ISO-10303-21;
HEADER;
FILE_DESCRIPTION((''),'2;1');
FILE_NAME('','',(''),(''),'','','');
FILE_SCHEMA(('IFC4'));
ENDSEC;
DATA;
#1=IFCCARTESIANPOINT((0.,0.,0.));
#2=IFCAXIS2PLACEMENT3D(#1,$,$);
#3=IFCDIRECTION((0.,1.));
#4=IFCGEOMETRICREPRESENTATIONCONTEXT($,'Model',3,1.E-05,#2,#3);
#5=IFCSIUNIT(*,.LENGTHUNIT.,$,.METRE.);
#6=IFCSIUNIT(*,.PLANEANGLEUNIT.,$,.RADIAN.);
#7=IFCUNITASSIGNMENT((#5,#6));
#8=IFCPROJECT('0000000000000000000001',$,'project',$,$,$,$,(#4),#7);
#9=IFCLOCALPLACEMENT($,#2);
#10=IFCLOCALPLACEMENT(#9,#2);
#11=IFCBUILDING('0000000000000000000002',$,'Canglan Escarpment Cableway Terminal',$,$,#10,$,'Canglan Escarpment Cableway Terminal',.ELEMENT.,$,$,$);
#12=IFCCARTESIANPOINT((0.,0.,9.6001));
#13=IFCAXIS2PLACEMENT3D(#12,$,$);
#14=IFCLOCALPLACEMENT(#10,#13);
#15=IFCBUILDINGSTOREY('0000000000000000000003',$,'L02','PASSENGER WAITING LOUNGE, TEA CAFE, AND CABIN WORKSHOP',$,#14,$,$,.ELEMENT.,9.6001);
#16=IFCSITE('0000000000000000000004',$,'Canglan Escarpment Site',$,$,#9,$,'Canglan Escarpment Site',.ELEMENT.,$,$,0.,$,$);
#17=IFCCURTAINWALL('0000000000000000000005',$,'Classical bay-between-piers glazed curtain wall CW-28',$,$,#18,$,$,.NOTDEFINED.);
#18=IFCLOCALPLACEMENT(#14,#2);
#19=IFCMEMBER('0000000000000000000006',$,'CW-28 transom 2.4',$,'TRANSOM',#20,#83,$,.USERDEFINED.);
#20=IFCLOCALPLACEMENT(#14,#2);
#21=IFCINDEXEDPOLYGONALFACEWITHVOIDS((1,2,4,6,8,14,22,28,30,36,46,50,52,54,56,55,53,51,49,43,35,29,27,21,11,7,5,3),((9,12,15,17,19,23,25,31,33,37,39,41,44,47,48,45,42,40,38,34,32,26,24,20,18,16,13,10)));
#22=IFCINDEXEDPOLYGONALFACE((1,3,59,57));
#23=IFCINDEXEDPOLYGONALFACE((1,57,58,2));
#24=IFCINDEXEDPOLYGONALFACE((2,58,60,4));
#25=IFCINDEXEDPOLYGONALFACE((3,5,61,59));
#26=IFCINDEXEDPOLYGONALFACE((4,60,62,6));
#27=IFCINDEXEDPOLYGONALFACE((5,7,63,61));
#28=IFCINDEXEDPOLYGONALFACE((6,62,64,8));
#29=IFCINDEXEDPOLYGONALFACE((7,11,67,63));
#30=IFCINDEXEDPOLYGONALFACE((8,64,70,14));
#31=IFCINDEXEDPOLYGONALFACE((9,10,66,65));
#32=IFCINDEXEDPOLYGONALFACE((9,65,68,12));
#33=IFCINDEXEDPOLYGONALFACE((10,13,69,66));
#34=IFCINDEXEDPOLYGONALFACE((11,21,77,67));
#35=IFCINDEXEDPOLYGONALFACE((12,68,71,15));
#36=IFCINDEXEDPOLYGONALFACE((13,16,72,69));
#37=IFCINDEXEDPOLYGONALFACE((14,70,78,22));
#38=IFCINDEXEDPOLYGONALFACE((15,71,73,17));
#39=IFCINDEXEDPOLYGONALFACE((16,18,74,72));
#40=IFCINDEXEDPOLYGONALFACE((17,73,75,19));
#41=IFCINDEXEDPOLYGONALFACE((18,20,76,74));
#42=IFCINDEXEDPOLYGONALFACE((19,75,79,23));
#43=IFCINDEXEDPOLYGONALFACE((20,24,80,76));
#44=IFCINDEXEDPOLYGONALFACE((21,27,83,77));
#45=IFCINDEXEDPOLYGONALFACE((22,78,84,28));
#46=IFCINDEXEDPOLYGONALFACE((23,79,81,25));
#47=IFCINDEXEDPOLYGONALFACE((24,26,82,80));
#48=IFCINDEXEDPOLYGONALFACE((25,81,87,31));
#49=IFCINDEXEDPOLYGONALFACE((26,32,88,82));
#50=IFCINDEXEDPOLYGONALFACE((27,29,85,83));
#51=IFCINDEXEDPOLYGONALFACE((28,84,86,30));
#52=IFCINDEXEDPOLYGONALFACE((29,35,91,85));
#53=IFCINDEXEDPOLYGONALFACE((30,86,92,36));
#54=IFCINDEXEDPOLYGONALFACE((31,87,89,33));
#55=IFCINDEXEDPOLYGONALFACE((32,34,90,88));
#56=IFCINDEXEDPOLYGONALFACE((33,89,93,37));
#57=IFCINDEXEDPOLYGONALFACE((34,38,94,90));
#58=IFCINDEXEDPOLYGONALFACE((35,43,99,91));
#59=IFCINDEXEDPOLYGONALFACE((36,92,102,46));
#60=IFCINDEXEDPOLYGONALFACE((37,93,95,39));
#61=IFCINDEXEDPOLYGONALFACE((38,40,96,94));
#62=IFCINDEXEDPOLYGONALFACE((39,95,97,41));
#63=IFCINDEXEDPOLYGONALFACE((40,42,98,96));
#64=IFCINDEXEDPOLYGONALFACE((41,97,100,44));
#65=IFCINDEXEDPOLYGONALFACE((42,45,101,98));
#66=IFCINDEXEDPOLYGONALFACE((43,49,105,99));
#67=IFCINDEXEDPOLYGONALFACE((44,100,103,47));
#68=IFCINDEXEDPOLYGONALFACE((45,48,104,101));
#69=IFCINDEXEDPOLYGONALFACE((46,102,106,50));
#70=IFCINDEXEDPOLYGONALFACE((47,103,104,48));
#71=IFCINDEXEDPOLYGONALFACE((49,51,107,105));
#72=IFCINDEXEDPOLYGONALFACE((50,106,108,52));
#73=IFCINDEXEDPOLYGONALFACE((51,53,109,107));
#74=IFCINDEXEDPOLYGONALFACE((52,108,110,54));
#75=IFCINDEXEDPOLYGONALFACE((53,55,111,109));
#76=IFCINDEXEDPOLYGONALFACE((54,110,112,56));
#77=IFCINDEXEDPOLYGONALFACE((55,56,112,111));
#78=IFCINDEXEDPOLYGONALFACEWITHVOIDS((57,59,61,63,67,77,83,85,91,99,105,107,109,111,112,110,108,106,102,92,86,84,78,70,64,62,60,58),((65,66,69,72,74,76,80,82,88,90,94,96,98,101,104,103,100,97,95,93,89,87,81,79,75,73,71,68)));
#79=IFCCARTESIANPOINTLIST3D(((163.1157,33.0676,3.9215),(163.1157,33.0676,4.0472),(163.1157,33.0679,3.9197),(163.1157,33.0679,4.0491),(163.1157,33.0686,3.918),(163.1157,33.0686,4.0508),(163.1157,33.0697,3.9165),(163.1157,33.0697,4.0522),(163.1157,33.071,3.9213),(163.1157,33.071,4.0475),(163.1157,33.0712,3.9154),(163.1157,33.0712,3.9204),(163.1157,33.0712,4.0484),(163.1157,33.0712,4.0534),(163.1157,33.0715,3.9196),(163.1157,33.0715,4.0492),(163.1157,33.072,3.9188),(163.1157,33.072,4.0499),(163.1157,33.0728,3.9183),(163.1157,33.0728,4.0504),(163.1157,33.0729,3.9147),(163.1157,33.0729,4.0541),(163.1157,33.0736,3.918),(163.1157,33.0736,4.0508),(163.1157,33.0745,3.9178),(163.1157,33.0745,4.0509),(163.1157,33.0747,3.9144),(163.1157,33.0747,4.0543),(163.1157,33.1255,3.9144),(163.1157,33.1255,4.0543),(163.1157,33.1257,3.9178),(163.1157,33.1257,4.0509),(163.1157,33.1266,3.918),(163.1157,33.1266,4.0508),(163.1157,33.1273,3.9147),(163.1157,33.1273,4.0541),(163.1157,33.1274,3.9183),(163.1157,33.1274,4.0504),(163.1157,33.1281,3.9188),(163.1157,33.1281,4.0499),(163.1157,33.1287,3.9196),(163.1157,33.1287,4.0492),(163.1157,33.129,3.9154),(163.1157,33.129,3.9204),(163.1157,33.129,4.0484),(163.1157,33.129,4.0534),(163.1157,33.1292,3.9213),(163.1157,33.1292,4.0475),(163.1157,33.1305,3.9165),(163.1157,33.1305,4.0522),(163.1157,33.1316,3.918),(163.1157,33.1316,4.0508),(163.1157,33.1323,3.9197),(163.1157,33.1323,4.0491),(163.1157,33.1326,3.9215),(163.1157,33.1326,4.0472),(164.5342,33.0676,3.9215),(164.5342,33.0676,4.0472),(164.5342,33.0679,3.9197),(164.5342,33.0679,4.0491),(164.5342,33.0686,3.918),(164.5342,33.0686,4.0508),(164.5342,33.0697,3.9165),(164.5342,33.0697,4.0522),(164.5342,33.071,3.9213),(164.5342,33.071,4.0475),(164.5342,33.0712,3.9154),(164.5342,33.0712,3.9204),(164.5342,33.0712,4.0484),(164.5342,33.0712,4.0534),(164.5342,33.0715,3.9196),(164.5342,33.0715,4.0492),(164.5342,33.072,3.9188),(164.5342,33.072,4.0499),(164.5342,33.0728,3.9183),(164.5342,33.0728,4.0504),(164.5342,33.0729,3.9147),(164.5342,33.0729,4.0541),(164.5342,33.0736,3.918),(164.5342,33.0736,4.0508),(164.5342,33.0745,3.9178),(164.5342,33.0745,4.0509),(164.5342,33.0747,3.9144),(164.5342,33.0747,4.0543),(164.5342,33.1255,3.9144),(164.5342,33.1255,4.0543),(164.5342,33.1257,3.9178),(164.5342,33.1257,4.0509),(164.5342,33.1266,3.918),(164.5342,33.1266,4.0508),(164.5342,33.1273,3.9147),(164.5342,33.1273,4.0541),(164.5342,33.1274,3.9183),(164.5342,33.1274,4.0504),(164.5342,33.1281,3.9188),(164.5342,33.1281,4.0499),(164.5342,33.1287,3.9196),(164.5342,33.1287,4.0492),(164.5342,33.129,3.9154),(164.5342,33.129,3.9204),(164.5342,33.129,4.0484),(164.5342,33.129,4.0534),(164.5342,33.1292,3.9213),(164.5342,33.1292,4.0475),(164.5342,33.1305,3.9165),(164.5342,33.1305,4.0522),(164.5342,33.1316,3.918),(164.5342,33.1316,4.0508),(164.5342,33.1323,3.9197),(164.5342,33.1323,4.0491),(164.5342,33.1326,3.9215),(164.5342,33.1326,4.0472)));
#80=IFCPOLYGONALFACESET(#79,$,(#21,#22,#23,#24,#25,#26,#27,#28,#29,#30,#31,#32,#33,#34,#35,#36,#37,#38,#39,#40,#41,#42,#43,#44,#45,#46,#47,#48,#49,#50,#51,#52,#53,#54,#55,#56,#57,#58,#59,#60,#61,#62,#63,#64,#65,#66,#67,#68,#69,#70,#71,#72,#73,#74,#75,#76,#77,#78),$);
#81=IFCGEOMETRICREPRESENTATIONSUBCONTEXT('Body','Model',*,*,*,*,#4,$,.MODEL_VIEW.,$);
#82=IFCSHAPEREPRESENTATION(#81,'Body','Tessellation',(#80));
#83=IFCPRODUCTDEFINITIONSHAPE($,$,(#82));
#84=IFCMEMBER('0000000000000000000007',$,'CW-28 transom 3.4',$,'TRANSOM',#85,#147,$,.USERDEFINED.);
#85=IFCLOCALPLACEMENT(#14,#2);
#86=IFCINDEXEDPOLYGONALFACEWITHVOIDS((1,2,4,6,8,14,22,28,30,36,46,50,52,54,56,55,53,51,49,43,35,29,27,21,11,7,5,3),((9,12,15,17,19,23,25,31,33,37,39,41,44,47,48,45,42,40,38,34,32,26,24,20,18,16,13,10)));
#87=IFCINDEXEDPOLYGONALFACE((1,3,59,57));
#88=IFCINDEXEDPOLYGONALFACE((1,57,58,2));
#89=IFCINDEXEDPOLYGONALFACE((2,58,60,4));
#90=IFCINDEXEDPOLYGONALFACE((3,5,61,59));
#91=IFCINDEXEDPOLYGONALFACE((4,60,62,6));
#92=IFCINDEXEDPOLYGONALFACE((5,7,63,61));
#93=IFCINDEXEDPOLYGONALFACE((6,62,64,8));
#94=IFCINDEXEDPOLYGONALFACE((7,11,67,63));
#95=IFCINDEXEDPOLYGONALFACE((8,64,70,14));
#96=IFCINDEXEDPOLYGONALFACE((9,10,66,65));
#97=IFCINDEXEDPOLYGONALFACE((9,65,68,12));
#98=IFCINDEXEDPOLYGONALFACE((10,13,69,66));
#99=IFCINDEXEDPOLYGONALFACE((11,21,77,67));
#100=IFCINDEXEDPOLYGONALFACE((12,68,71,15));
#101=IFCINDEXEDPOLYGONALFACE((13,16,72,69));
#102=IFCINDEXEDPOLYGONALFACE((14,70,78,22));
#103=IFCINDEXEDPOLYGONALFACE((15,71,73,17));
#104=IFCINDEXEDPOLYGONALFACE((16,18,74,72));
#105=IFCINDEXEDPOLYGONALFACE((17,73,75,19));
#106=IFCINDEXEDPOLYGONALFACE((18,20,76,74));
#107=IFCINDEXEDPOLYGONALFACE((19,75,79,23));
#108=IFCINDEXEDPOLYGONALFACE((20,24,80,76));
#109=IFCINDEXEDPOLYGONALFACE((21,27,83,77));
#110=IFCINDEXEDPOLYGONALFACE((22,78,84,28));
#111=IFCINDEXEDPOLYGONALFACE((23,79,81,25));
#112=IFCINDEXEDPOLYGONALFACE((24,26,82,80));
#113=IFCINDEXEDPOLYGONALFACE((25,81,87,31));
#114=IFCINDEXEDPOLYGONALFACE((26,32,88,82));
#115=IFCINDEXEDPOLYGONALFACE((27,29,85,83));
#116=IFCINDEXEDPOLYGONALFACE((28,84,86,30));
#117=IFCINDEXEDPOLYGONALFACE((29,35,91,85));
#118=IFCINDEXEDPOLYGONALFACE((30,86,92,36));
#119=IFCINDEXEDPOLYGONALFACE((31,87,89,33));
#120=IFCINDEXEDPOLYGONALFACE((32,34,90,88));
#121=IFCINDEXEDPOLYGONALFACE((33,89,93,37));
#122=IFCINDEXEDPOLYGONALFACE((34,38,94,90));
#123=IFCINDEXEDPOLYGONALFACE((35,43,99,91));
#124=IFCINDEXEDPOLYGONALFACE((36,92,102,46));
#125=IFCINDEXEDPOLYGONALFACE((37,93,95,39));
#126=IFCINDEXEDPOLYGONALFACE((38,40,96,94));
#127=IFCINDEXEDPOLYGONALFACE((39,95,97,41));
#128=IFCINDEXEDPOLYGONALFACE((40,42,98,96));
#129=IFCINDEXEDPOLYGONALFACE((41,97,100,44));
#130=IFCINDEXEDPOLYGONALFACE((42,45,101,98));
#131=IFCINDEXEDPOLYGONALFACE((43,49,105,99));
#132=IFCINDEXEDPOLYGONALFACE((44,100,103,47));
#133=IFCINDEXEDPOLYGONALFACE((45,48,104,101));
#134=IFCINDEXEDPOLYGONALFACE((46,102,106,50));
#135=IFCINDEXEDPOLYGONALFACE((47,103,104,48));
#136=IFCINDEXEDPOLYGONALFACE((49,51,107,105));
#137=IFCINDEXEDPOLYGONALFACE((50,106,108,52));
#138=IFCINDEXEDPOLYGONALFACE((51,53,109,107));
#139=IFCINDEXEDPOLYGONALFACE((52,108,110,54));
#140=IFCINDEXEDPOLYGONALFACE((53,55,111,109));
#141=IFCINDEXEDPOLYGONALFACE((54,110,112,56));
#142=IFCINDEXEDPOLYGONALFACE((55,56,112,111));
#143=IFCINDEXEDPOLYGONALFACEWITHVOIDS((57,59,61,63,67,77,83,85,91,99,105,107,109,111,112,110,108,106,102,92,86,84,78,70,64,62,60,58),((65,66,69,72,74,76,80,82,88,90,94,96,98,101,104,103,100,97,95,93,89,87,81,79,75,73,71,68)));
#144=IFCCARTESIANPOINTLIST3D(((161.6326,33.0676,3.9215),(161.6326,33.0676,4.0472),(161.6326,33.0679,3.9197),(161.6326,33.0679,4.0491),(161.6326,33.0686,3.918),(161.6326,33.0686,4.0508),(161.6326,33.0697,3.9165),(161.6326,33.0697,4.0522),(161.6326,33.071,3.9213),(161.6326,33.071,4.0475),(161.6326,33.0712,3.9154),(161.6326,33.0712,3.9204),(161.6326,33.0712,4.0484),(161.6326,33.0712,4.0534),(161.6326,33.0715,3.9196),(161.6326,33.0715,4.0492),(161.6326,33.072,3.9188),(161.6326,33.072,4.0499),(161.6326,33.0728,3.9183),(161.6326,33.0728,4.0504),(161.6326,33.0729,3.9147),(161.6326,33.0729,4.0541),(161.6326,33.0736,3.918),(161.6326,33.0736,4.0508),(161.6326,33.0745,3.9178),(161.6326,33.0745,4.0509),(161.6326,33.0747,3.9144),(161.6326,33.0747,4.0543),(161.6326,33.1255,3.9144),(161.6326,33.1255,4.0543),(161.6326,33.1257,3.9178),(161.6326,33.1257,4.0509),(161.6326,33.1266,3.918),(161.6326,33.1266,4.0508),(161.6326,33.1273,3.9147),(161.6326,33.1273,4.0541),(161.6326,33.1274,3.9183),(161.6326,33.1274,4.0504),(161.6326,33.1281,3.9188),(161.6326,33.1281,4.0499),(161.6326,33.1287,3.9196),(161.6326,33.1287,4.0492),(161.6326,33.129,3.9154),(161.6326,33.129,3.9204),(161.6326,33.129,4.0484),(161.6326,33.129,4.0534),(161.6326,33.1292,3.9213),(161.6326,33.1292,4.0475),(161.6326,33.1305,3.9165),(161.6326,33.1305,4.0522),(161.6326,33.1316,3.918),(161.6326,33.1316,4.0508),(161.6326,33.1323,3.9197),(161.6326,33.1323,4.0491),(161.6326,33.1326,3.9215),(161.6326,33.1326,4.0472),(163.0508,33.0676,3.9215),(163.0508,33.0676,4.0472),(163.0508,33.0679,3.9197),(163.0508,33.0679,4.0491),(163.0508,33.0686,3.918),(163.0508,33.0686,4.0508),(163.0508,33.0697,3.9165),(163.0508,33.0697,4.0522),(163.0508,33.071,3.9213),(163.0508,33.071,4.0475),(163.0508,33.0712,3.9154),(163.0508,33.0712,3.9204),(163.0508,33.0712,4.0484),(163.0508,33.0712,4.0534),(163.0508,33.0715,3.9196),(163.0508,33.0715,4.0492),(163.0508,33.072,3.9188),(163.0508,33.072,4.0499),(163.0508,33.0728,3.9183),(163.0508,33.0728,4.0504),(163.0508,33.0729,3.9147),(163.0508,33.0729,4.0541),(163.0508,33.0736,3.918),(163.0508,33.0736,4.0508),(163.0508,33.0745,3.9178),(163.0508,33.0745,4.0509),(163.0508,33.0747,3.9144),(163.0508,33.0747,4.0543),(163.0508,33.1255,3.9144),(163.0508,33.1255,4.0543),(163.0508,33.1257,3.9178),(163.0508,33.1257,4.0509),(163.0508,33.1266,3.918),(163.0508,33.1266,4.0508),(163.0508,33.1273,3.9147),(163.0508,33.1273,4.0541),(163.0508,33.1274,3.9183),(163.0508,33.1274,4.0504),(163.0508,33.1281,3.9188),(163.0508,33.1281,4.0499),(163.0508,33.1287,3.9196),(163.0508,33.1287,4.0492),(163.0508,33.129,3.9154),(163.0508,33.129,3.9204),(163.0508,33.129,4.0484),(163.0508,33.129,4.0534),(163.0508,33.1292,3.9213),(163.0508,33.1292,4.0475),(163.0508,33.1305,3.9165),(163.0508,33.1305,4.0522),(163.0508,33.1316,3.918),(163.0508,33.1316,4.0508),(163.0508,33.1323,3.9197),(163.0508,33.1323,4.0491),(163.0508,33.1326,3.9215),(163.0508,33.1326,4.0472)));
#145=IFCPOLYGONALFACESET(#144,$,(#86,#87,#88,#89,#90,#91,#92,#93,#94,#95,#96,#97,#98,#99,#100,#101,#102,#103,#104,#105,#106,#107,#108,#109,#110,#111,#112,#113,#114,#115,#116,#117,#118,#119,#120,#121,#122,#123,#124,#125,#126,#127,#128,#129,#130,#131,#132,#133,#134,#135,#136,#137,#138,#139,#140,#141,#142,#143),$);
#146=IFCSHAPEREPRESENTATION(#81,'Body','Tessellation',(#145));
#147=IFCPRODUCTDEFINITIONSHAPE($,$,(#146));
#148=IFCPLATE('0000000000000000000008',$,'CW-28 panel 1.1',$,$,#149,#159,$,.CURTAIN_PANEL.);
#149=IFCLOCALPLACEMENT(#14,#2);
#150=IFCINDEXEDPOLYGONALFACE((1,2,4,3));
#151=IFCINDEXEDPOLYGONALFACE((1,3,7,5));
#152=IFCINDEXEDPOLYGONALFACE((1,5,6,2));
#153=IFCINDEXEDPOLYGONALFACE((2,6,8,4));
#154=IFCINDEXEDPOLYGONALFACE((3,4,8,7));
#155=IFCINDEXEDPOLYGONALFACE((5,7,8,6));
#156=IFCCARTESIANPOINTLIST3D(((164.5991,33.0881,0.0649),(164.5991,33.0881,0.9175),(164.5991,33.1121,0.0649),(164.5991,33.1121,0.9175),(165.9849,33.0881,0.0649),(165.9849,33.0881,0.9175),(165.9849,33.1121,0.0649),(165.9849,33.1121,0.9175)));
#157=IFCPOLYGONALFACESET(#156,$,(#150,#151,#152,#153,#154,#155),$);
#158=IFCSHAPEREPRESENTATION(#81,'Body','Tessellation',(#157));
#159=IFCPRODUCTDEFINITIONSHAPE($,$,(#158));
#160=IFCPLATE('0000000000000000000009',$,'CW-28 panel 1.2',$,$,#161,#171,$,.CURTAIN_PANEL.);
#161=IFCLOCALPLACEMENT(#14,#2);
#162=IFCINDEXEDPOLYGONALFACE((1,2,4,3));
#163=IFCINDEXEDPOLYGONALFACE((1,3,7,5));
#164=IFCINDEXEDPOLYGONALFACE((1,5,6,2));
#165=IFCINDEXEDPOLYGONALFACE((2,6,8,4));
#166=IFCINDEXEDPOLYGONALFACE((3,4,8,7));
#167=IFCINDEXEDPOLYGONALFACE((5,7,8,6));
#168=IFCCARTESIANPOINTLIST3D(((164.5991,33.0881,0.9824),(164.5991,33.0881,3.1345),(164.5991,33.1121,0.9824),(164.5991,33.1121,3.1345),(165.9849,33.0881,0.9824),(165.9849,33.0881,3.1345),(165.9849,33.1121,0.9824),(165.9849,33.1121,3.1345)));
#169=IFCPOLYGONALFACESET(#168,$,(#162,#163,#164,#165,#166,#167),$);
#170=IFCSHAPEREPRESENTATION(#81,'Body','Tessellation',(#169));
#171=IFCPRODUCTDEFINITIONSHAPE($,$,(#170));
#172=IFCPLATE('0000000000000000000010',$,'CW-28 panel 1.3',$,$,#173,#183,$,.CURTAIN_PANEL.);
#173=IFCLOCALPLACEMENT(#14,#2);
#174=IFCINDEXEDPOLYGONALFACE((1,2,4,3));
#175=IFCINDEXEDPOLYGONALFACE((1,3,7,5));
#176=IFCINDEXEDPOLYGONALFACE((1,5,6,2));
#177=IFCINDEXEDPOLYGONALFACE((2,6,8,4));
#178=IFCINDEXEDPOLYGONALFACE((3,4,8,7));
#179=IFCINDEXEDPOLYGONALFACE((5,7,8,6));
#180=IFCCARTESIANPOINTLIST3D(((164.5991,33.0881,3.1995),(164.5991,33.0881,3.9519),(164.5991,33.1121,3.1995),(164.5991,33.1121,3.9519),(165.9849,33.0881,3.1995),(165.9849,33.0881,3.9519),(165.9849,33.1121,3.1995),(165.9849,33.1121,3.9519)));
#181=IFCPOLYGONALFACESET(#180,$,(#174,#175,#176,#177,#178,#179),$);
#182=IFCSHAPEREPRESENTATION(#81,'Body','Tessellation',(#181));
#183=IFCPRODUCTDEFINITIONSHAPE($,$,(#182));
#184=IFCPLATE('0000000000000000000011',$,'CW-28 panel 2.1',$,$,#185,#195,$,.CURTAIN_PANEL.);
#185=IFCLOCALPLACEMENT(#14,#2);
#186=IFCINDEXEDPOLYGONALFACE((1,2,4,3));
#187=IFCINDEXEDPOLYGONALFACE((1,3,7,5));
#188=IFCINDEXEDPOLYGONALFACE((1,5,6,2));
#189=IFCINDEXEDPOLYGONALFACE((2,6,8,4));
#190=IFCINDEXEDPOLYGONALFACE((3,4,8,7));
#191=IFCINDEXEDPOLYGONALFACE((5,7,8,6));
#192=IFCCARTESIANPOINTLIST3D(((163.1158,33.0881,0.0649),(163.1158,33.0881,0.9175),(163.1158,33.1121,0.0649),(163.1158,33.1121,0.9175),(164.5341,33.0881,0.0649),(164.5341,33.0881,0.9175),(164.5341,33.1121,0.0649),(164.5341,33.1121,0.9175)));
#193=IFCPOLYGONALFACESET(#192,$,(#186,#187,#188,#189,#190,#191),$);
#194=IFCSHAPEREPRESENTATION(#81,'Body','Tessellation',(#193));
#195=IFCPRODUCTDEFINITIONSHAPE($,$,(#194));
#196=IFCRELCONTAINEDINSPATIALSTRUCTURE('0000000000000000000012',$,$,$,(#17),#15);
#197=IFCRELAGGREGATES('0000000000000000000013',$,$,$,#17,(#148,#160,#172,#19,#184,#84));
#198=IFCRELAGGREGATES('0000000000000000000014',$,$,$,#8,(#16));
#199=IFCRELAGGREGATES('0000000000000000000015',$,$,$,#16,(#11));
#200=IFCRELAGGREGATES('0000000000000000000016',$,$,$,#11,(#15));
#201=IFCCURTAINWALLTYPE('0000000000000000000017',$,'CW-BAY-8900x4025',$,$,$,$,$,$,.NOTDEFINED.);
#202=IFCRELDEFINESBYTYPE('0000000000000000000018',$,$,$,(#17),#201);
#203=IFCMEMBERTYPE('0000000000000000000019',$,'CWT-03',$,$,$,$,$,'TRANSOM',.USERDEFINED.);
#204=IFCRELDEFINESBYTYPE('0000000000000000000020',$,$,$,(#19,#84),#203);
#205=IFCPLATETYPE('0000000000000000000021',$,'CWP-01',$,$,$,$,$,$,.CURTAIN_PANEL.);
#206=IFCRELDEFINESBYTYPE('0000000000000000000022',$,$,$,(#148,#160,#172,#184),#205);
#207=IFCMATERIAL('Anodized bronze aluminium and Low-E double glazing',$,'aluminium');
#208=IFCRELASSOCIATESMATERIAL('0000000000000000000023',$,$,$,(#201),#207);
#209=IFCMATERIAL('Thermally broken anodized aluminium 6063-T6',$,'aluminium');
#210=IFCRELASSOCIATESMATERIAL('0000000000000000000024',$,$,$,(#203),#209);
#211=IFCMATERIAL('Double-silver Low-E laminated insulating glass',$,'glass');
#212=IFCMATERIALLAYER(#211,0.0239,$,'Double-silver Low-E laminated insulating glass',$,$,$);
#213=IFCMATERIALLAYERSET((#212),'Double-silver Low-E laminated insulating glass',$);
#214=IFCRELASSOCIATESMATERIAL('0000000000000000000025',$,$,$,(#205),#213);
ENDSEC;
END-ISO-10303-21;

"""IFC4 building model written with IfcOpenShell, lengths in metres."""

from ifc_helpers import new_model, si_unit, direction, frame, origin, origin_2d, place, context, subcontext, project, spatial, rectangle, hollow_rectangle, extrude, material, layer, layer_set, material_profile, profile_set, type_object, element, aggregate, save


model = new_model("IFC4")

# Units and contexts
model_context = context("Model", 3, precision=1e-05, world=origin(), true_north=direction((0.0, 1.0)))
body_context = subcontext(model_context, "Body", "Model", "MODEL_VIEW")
ifc_project = project(units=[si_unit("LENGTHUNIT", "METRE"), si_unit("PLANEANGLEUNIT", "RADIAN")], contexts=[model_context])

# Site, building, storey
site_placement = place(None, origin())
site = spatial("IfcSite", under=ifc_project, at=site_placement, Name="Canglan Escarpment Site", LongName="Canglan Escarpment Site", CompositionType="ELEMENT", RefElevation=0.0)
building_placement = place(site_placement, origin())
building = spatial("IfcBuilding", under=site, at=building_placement, Name="Canglan Escarpment Cableway Terminal", LongName="Canglan Escarpment Cableway Terminal", CompositionType="ELEMENT")
storey_placement = place(building_placement, frame((0.0, 0.0, 9.6001)))
storey = spatial("IfcBuildingStorey", under=building, at=storey_placement, Name="L02", Description="PASSENGER WAITING LOUNGE, TEA CAFE, AND CABIN WORKSHOP", CompositionType="ELEMENT", Elevation=9.6001)

# Curtain wall
ifc_material_1 = material(Name="Anodized bronze aluminium and Low-E double glazing", Category="aluminium")
ifc_material_2 = material(Name="Thermally broken anodized aluminium 6063-T6", Category="aluminium")
curtain_wall_type_1 = type_object("IfcCurtainWallType", Name="CW-BAY-8900x4025", PredefinedType="NOTDEFINED", material=ifc_material_1)
curtain_wall_1_placement = place(storey_placement, origin())
curtain_wall_1 = element("IfcCurtainWall", 1, at=curtain_wall_1_placement, inside=storey, type_object=curtain_wall_type_1, Name="Classical bay-between-piers glazed curtain wall CW-28", PredefinedType="NOTDEFINED")

# Members
ifc_material_profile_1 = material_profile(ifc_material_2, hollow_rectangle(XDim=0.0649, YDim=0.1399, WallThickness=0.0034, InnerFilletRadius=0.0034, OuterFilletRadius=0.0071, at=origin_2d()), Name="ALU-TRAN 65x140x3.5")
ifc_profile_set_1 = profile_set([ifc_material_profile_1], Name="Thermally broken anodized aluminium 6063-T6")
member_type_1 = type_object("IfcMemberType", Name="CWT-03", ElementType="TRANSOM", PredefinedType="USERDEFINED", material=ifc_profile_set_1)
member_1_placement = place(storey_placement, frame((164.5342, 33.1001, 3.9844), z_axis=(-1.0, 0.0, 0.0), x_axis=(0.0, -1.0, 0.0)))
member_1 = element("IfcMember", 2, at=member_1_placement, type_object=member_type_1, Name="CW-28 transom 2.4", ObjectType="TRANSOM", PredefinedType="USERDEFINED", context=body_context, shape_type="SweptSolid", body=[
    extrude(hollow_rectangle(XDim=0.0649, YDim=0.1399, WallThickness=0.0034, InnerFilletRadius=0.0034, OuterFilletRadius=0.0071, at=origin_2d()), origin(), (0.0, 0.0, 1.0), 1.4185),
])
member_2_placement = place(storey_placement, frame((163.0508, 33.1001, 3.9844), z_axis=(-1.0, 0.0, 0.0), x_axis=(0.0, -1.0, 0.0)))
member_2 = element("IfcMember", 3, at=member_2_placement, type_object=member_type_1, Name="CW-28 transom 3.4", ObjectType="TRANSOM", PredefinedType="USERDEFINED", context=body_context, shape_type="SweptSolid", body=[
    extrude(hollow_rectangle(XDim=0.0649, YDim=0.1399, WallThickness=0.0034, InnerFilletRadius=0.0034, OuterFilletRadius=0.0071, at=origin_2d()), origin(), (0.0, 0.0, 1.0), 1.4182),
])

# Plates
ifc_material_3 = material(Name="Double-silver Low-E laminated insulating glass", Category="glass")
ifc_layer_1 = layer(ifc_material_3, 0.0239, Name="Double-silver Low-E laminated insulating glass")
ifc_layer_set_1 = layer_set([ifc_layer_1], Name="Double-silver Low-E laminated insulating glass")
plate_type_1 = type_object("IfcPlateType", Name="CWP-01", PredefinedType="CURTAIN_PANEL", material=ifc_layer_set_1)
plate_1_placement = place(storey_placement, frame((165.292, 33.1001, 0.0649), z_axis=(0.0, 0.0, 1.0), x_axis=(-1.0, 0.0, 0.0)))
plate_1 = element("IfcPlate", 4, at=plate_1_placement, type_object=plate_type_1, Name="CW-28 panel 1.1", PredefinedType="CURTAIN_PANEL", context=body_context, shape_type="SweptSolid", body=[
    extrude(rectangle(XDim=1.3857, YDim=0.0239, at=origin_2d()), origin(), (0.0, 0.0, 1.0), 0.8525),
])
plate_2_placement = place(storey_placement, frame((165.292, 33.1001, 0.9824), z_axis=(0.0, 0.0, 1.0), x_axis=(-1.0, 0.0, 0.0)))
plate_2 = element("IfcPlate", 5, at=plate_2_placement, type_object=plate_type_1, Name="CW-28 panel 1.2", PredefinedType="CURTAIN_PANEL", context=body_context, shape_type="SweptSolid", body=[
    extrude(rectangle(XDim=1.3857, YDim=0.0239, at=origin_2d()), origin(), (0.0, 0.0, 1.0), 2.1521),
])
plate_3_placement = place(storey_placement, frame((165.292, 33.1001, 3.1995), z_axis=(0.0, 0.0, 1.0), x_axis=(-1.0, 0.0, 0.0)))
plate_3 = element("IfcPlate", 6, at=plate_3_placement, type_object=plate_type_1, Name="CW-28 panel 1.3", PredefinedType="CURTAIN_PANEL", context=body_context, shape_type="SweptSolid", body=[
    extrude(rectangle(XDim=1.3857, YDim=0.0239, at=origin_2d()), origin(), (0.0, 0.0, 1.0), 0.7524),
])
plate_4_placement = place(storey_placement, frame((163.825, 33.1001, 0.0649), z_axis=(0.0, 0.0, 1.0), x_axis=(-1.0, 0.0, 0.0)))
plate_4 = element("IfcPlate", 7, at=plate_4_placement, type_object=plate_type_1, Name="CW-28 panel 2.1", PredefinedType="CURTAIN_PANEL", context=body_context, shape_type="SweptSolid", body=[
    extrude(rectangle(XDim=1.4182, YDim=0.0239, at=origin_2d()), origin(), (0.0, 0.0, 1.0), 0.8525),
])
aggregate(curtain_wall_1, [plate_1, plate_2, plate_3, member_1, plate_4, member_2])

save(model, "model.ifc")
